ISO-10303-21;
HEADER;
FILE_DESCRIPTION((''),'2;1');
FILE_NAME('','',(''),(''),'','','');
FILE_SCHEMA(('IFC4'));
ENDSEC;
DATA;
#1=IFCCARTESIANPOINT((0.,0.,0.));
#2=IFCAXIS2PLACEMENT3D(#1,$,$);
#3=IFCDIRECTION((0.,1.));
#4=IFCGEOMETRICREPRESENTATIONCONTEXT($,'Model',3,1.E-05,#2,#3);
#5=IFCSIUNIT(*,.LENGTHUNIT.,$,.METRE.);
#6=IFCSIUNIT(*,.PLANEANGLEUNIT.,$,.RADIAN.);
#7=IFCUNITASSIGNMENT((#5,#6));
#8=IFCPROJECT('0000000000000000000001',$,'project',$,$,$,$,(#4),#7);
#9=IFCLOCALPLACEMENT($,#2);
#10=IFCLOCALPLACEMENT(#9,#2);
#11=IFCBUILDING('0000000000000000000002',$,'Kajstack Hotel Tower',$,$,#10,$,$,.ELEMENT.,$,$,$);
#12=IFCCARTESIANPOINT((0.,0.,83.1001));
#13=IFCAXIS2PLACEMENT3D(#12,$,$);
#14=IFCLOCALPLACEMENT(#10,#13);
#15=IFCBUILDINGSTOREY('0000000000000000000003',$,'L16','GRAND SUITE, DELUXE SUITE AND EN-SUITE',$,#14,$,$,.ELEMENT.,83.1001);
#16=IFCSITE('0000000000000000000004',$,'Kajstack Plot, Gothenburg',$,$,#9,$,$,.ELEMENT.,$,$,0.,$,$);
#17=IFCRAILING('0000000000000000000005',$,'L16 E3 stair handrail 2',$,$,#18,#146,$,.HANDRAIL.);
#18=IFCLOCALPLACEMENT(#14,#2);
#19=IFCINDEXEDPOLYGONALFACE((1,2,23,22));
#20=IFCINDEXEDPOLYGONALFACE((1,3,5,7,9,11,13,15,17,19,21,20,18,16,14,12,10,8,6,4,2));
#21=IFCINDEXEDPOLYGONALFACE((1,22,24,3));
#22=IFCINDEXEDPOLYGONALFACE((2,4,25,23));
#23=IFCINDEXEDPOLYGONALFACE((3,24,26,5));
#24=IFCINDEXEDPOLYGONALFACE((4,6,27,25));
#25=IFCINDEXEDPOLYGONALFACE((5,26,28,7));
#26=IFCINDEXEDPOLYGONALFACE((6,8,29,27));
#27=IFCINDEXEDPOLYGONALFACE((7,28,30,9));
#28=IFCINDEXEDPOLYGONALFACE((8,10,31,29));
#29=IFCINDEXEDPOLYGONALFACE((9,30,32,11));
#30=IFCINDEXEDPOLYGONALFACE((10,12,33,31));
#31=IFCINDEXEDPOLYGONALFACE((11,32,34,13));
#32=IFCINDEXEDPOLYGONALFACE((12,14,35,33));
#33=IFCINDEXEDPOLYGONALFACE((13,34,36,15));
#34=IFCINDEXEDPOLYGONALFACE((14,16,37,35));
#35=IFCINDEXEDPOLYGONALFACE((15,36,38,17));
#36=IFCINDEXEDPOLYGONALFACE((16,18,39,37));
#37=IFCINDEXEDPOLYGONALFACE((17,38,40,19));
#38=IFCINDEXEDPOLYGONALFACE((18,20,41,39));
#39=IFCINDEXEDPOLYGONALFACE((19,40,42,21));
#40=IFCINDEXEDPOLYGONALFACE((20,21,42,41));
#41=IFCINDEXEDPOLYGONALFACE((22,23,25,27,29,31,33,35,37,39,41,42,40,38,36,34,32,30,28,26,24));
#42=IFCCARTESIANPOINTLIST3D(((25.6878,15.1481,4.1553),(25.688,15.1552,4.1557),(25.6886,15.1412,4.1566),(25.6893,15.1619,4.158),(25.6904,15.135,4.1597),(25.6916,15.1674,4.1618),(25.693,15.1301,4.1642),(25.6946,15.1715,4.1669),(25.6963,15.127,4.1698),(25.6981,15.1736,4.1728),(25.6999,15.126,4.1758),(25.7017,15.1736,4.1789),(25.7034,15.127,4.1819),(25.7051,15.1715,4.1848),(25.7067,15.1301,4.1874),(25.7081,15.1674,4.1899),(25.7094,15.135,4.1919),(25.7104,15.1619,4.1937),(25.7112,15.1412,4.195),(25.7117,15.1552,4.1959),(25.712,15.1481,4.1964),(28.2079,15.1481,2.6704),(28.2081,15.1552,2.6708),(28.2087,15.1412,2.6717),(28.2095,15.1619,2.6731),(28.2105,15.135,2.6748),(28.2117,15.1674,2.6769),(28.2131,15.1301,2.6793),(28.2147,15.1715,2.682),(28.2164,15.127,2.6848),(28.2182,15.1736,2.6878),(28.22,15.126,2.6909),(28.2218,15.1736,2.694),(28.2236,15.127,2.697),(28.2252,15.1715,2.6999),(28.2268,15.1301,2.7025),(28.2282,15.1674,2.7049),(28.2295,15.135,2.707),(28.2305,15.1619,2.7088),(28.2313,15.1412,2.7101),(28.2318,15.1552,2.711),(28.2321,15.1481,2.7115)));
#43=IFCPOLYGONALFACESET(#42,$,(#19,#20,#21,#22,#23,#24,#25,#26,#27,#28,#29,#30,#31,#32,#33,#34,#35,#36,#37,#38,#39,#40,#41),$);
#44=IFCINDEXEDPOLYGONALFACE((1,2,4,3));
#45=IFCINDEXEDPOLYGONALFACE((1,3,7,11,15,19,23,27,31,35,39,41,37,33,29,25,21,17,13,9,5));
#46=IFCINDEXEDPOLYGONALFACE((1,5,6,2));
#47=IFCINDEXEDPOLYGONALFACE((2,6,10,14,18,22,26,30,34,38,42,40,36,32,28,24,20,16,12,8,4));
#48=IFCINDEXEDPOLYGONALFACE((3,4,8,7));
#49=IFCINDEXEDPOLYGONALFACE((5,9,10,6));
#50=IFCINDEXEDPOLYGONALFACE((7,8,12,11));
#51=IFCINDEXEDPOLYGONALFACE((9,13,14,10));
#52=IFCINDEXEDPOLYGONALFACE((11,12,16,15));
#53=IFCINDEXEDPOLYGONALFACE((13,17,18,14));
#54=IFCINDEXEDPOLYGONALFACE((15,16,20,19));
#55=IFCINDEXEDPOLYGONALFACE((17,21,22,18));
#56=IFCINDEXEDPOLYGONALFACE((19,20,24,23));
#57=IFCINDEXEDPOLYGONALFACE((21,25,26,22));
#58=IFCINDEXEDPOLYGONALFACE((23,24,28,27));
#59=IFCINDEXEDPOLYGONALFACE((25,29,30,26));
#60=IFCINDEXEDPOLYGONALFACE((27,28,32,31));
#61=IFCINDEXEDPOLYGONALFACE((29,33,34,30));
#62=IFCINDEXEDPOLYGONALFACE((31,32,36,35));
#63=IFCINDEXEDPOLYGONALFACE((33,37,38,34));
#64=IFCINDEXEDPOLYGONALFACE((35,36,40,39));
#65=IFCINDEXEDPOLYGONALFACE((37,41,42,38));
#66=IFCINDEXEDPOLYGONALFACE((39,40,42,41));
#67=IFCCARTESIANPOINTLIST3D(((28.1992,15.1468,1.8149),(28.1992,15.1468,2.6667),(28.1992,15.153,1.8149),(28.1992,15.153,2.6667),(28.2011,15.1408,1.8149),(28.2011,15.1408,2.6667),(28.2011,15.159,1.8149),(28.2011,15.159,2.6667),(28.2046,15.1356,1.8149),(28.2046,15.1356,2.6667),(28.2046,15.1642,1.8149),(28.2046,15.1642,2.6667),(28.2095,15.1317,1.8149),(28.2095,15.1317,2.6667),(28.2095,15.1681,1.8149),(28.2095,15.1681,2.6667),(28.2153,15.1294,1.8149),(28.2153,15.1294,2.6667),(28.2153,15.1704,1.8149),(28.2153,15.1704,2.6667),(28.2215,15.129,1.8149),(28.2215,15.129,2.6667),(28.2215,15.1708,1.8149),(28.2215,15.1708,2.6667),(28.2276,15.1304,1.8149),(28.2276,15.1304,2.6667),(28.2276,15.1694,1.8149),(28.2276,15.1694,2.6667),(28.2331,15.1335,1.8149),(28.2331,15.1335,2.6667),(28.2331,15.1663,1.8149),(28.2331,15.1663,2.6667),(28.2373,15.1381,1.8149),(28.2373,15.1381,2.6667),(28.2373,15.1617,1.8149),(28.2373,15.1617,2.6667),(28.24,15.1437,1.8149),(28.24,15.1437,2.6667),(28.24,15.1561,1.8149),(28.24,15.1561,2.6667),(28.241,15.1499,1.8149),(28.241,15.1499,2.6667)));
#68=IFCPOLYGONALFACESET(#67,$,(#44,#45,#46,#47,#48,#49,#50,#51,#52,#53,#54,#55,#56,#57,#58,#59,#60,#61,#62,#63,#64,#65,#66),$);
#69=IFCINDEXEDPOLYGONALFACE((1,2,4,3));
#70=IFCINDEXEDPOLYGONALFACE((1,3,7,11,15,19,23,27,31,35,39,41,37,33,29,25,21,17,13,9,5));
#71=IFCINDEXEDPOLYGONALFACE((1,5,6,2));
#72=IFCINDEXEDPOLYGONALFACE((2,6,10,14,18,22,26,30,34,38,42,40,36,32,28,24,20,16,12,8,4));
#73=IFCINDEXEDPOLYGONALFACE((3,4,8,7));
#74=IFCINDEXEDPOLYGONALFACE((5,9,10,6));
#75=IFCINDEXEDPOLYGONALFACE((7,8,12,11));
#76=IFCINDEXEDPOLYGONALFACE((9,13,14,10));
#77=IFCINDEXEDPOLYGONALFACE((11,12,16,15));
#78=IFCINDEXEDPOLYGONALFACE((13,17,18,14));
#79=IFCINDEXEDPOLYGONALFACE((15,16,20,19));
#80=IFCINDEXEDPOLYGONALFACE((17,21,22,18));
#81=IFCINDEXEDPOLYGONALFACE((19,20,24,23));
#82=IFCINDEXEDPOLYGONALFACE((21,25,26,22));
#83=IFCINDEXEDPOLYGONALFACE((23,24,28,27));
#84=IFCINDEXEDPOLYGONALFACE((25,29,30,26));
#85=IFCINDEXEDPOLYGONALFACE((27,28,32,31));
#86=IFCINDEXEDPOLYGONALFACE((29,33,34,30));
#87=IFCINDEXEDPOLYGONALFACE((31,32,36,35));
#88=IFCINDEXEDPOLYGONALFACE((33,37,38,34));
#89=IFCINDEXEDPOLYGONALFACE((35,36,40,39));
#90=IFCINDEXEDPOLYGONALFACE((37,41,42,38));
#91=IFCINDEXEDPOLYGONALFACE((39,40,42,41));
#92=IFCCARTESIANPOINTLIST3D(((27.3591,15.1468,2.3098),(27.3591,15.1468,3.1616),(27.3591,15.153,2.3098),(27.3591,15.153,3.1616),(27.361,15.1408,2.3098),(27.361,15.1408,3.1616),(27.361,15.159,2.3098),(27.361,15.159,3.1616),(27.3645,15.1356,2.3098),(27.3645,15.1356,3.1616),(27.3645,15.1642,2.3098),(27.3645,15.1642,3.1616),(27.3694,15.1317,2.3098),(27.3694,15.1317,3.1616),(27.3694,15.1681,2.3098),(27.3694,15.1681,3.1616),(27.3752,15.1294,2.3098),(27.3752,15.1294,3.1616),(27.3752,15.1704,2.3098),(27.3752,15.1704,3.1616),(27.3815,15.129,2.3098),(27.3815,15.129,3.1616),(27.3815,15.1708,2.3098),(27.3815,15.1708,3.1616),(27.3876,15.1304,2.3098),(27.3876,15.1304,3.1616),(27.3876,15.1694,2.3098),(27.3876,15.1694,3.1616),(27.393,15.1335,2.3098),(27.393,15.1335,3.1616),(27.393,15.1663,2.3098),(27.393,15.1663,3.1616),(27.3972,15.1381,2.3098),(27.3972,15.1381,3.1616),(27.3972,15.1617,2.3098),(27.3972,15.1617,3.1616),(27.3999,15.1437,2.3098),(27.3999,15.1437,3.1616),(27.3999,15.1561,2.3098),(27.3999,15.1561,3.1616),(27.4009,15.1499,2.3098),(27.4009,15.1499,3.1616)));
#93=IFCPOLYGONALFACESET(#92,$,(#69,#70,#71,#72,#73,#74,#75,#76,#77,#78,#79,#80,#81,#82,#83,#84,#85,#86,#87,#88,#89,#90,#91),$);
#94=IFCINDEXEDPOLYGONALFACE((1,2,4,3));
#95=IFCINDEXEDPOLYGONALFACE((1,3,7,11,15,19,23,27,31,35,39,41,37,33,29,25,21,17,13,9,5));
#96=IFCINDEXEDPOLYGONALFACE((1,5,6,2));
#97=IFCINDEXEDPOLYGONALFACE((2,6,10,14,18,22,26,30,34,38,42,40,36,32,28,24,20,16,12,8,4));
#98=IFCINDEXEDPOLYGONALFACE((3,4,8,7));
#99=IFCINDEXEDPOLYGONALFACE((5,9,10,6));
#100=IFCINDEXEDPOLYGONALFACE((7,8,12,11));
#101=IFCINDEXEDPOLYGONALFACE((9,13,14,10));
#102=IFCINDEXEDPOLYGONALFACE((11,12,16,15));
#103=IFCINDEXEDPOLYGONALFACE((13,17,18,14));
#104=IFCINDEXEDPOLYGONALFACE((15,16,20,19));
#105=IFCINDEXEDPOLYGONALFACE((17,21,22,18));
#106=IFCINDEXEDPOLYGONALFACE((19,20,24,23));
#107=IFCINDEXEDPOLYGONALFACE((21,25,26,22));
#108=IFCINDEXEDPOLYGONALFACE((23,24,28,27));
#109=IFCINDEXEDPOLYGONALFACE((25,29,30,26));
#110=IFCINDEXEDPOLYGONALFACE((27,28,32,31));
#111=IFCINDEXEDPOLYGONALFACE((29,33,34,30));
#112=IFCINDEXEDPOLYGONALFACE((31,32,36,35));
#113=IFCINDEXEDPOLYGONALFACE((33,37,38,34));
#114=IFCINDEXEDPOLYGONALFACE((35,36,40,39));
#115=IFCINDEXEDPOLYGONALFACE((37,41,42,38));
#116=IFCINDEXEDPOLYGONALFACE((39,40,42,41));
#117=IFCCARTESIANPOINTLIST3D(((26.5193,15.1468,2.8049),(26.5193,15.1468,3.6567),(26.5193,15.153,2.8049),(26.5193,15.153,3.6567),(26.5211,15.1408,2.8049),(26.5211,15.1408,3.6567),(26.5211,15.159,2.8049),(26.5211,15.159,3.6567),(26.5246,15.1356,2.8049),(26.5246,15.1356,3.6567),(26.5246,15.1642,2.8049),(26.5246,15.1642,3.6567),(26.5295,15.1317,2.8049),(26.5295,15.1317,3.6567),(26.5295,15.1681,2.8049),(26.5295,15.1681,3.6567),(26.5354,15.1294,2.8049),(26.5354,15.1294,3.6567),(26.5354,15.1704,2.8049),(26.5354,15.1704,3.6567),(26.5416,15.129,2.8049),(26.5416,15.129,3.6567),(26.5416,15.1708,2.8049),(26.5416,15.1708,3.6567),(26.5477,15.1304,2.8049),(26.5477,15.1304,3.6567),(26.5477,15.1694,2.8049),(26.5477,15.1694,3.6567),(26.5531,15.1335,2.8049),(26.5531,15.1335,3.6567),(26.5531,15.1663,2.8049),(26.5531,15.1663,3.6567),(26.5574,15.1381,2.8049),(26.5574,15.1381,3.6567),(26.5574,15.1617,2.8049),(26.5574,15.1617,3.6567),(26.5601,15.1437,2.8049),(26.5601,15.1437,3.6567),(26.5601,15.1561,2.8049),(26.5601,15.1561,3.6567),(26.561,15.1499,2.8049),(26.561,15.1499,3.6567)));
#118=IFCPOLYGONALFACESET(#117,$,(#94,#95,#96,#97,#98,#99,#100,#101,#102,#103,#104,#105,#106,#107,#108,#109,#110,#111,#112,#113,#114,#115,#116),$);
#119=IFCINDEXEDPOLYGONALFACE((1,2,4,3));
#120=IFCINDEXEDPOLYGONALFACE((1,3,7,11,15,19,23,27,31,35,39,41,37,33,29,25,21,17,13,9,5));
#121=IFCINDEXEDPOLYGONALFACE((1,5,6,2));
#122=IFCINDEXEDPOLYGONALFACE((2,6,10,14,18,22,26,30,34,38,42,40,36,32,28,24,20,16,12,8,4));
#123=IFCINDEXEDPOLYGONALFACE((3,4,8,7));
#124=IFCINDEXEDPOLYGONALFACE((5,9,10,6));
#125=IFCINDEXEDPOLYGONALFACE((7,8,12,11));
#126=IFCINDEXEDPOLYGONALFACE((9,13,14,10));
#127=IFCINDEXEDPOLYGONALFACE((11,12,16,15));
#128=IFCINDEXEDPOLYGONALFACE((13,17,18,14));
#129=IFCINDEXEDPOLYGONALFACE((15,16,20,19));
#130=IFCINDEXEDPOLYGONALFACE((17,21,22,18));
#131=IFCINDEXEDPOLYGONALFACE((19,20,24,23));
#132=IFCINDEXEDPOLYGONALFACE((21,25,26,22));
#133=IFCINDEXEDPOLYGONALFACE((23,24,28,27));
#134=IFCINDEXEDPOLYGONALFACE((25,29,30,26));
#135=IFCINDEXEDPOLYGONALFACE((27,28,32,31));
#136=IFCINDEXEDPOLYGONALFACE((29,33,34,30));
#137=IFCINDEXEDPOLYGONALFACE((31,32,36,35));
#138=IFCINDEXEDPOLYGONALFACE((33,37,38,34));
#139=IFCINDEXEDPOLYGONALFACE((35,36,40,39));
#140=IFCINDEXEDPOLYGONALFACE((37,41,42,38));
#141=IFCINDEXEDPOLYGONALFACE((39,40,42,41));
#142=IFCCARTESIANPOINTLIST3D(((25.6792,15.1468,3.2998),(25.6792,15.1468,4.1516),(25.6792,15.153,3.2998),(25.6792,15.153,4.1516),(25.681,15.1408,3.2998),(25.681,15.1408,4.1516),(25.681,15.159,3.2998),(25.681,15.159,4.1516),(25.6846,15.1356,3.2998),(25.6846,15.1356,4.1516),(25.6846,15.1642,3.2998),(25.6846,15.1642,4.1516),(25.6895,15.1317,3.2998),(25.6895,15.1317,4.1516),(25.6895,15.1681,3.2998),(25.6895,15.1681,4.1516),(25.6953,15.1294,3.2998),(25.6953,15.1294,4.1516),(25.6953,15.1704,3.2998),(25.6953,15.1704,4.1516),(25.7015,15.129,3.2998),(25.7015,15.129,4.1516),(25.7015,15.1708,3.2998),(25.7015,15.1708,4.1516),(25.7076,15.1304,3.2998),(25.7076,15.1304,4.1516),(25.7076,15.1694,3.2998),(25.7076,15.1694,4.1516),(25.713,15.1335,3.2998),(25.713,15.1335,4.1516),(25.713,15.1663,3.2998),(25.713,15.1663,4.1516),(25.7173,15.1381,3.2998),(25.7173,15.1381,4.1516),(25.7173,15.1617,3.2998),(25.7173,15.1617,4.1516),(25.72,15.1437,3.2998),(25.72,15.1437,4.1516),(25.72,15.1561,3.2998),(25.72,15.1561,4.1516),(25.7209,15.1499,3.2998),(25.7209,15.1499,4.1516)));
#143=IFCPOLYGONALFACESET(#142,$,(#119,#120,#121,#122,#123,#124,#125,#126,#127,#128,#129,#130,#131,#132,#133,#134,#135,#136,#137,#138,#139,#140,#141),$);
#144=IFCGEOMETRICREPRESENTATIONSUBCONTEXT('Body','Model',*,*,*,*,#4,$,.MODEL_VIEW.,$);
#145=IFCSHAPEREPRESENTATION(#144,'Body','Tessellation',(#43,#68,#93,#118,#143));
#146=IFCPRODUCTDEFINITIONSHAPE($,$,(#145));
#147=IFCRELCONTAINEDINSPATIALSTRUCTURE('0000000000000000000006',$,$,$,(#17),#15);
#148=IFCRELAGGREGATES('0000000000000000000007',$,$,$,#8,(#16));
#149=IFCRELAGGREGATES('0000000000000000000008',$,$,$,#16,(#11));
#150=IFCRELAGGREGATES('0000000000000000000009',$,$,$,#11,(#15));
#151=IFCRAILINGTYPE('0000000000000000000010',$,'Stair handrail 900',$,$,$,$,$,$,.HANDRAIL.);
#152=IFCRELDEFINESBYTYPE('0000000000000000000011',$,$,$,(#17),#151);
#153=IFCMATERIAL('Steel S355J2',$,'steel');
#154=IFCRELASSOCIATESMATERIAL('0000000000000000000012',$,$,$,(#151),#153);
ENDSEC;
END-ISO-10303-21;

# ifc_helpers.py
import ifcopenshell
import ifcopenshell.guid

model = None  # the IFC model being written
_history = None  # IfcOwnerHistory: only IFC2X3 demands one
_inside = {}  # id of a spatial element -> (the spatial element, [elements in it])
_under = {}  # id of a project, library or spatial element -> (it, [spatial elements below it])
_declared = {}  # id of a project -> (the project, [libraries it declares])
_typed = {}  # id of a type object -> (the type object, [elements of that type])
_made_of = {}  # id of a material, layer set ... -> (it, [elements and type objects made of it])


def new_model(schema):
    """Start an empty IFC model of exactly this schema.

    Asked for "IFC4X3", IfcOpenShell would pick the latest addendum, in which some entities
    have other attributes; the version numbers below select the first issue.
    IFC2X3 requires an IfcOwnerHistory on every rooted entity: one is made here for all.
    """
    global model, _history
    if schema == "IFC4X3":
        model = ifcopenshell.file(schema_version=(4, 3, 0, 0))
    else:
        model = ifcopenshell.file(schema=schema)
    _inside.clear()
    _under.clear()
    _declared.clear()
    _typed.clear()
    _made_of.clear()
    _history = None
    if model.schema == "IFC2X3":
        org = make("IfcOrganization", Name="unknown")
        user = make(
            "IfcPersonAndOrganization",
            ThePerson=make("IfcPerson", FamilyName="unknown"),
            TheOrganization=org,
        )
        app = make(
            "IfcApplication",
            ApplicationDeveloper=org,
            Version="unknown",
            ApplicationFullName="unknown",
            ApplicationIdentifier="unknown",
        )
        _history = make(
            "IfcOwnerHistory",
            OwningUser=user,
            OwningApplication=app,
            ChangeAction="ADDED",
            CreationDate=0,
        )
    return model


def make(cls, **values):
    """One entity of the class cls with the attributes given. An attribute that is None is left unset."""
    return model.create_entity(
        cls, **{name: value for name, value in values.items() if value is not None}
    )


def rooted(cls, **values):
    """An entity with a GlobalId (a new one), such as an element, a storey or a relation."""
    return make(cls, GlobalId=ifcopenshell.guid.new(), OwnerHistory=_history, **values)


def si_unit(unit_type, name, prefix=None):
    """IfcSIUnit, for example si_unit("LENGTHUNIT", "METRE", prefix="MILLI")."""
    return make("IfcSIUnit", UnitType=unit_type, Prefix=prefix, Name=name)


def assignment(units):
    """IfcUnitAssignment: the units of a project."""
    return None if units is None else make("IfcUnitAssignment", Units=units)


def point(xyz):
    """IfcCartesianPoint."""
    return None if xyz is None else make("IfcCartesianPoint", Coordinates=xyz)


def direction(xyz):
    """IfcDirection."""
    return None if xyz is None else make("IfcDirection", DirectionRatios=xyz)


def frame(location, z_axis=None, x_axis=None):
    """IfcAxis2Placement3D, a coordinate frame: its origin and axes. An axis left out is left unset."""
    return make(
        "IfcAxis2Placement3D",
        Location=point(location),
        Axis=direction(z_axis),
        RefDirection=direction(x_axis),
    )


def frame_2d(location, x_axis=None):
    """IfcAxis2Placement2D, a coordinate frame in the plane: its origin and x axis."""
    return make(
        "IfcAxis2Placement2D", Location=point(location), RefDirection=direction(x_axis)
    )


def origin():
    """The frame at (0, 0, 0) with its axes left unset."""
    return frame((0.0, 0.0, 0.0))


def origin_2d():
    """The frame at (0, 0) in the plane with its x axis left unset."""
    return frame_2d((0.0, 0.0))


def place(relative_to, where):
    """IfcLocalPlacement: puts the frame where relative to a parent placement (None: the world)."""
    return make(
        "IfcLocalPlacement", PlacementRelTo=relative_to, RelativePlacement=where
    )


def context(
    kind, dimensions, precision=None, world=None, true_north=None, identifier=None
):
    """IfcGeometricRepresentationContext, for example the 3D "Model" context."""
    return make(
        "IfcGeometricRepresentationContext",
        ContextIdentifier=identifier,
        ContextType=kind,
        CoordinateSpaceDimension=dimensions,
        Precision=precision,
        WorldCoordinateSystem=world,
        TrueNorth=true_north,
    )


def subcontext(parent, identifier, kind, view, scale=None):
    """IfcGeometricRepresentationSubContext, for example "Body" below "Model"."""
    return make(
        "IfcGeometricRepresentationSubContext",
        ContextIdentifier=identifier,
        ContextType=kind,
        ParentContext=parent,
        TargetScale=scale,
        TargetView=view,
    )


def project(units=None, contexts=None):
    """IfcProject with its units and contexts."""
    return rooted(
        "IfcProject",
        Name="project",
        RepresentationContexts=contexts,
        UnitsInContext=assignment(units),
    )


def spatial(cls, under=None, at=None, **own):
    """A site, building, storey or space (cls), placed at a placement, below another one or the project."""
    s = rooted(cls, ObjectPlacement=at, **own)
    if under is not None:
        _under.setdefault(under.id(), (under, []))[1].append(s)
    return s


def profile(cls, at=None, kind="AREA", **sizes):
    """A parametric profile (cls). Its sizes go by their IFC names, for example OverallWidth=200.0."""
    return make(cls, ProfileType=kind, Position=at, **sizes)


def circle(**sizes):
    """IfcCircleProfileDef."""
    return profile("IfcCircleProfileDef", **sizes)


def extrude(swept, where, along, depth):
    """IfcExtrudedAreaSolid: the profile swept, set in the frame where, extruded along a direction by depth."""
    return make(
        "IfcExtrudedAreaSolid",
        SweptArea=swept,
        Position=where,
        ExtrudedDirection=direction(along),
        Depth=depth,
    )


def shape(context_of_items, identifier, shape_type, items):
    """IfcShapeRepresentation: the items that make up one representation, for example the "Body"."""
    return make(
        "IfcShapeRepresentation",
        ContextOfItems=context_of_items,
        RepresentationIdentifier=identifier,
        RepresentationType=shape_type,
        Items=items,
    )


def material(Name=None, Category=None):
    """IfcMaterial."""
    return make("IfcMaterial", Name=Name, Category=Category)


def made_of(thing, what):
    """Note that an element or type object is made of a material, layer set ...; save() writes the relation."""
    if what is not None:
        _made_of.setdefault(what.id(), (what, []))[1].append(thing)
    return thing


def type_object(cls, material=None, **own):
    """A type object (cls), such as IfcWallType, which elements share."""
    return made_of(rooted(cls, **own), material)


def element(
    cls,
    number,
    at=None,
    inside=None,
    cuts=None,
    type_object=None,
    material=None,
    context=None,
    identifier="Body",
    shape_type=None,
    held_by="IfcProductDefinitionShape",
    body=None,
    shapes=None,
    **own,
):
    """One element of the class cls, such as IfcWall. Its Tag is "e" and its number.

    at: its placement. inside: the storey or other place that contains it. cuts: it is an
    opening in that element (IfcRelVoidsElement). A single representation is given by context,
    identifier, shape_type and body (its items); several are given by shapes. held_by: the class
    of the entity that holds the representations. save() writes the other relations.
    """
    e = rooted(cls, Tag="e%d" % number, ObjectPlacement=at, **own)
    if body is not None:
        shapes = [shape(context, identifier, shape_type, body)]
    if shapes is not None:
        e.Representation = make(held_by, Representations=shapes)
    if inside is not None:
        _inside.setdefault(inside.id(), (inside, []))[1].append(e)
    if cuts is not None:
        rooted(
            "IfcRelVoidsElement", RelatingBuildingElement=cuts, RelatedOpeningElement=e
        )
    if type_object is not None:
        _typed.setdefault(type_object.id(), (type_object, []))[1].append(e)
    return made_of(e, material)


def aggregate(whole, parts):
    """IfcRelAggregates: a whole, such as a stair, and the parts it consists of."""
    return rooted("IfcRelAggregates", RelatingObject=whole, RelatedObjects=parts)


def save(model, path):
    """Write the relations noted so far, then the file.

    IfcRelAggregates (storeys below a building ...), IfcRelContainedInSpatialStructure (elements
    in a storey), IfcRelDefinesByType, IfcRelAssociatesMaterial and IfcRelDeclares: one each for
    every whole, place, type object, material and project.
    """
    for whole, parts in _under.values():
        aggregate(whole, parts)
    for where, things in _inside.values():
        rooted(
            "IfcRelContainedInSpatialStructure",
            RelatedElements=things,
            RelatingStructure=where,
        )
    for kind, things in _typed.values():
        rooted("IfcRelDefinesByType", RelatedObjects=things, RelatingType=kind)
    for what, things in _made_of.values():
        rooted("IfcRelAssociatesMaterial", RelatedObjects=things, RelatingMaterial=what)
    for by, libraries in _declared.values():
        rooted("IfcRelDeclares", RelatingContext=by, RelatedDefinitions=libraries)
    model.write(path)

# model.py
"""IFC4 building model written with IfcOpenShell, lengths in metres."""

from ifc_helpers import new_model, si_unit, direction, frame, origin, origin_2d, place, context, subcontext, project, spatial, circle, extrude, material, type_object, element, save


model = new_model("IFC4")

# Units and contexts
model_context = context("Model", 3, precision=1e-05, world=origin(), true_north=direction((0.0, 1.0)))
body_context = subcontext(model_context, "Body", "Model", "MODEL_VIEW")
ifc_project = project(units=[si_unit("LENGTHUNIT", "METRE"), si_unit("PLANEANGLEUNIT", "RADIAN")], contexts=[model_context])

# Site, building, storey
site_placement = place(None, origin())
site = spatial("IfcSite", under=ifc_project, at=site_placement, Name="Kajstack Plot, Gothenburg", CompositionType="ELEMENT", RefElevation=0.0)
building_placement = place(site_placement, origin())
building = spatial("IfcBuilding", under=site, at=building_placement, Name="Kajstack Hotel Tower", CompositionType="ELEMENT")
storey_placement = place(building_placement, frame((0.0, 0.0, 83.1001)))
storey = spatial("IfcBuildingStorey", under=building, at=storey_placement, Name="L16", Description="GRAND SUITE, DELUXE SUITE AND EN-SUITE", CompositionType="ELEMENT", Elevation=83.1001)

# Railing
ifc_material_1 = material(Name="Steel S355J2", Category="steel")
railing_type_1 = type_object("IfcRailingType", Name="Stair handrail 900", PredefinedType="HANDRAIL", material=ifc_material_1)
railing_1_placement = place(storey_placement, frame((28.22, 15.1499, 1.8149)))
element("IfcRailing", 1, at=railing_1_placement, inside=storey, type_object=railing_type_1, Name="L16 E3 stair handrail 2", PredefinedType="HANDRAIL", context=body_context, shape_type="SweptSolid", body=[
    extrude(circle(Radius=0.0239, at=origin_2d()), frame((0.0, 0.0, 0.876), z_axis=(-0.861561, 0.0, 0.507655), x_axis=(0.0, -1.0, 0.0)), (0.0, 0.0, 1.0), 2.925),
    extrude(circle(Radius=0.021, at=origin_2d()), origin(), (0.0, 0.0, 1.0), 0.8518),
    extrude(circle(Radius=0.021, at=origin_2d()), frame((-0.8401, 0.0, 0.4949)), (0.0, 0.0, 1.0), 0.8518),
    extrude(circle(Radius=0.021, at=origin_2d()), frame((-1.6799, 0.0, 0.99)), (0.0, 0.0, 1.0), 0.8518),
    extrude(circle(Radius=0.021, at=origin_2d()), frame((-2.52, 0.0, 1.4849)), (0.0, 0.0, 1.0), 0.8518),
])

save(model, "model.ifc")
